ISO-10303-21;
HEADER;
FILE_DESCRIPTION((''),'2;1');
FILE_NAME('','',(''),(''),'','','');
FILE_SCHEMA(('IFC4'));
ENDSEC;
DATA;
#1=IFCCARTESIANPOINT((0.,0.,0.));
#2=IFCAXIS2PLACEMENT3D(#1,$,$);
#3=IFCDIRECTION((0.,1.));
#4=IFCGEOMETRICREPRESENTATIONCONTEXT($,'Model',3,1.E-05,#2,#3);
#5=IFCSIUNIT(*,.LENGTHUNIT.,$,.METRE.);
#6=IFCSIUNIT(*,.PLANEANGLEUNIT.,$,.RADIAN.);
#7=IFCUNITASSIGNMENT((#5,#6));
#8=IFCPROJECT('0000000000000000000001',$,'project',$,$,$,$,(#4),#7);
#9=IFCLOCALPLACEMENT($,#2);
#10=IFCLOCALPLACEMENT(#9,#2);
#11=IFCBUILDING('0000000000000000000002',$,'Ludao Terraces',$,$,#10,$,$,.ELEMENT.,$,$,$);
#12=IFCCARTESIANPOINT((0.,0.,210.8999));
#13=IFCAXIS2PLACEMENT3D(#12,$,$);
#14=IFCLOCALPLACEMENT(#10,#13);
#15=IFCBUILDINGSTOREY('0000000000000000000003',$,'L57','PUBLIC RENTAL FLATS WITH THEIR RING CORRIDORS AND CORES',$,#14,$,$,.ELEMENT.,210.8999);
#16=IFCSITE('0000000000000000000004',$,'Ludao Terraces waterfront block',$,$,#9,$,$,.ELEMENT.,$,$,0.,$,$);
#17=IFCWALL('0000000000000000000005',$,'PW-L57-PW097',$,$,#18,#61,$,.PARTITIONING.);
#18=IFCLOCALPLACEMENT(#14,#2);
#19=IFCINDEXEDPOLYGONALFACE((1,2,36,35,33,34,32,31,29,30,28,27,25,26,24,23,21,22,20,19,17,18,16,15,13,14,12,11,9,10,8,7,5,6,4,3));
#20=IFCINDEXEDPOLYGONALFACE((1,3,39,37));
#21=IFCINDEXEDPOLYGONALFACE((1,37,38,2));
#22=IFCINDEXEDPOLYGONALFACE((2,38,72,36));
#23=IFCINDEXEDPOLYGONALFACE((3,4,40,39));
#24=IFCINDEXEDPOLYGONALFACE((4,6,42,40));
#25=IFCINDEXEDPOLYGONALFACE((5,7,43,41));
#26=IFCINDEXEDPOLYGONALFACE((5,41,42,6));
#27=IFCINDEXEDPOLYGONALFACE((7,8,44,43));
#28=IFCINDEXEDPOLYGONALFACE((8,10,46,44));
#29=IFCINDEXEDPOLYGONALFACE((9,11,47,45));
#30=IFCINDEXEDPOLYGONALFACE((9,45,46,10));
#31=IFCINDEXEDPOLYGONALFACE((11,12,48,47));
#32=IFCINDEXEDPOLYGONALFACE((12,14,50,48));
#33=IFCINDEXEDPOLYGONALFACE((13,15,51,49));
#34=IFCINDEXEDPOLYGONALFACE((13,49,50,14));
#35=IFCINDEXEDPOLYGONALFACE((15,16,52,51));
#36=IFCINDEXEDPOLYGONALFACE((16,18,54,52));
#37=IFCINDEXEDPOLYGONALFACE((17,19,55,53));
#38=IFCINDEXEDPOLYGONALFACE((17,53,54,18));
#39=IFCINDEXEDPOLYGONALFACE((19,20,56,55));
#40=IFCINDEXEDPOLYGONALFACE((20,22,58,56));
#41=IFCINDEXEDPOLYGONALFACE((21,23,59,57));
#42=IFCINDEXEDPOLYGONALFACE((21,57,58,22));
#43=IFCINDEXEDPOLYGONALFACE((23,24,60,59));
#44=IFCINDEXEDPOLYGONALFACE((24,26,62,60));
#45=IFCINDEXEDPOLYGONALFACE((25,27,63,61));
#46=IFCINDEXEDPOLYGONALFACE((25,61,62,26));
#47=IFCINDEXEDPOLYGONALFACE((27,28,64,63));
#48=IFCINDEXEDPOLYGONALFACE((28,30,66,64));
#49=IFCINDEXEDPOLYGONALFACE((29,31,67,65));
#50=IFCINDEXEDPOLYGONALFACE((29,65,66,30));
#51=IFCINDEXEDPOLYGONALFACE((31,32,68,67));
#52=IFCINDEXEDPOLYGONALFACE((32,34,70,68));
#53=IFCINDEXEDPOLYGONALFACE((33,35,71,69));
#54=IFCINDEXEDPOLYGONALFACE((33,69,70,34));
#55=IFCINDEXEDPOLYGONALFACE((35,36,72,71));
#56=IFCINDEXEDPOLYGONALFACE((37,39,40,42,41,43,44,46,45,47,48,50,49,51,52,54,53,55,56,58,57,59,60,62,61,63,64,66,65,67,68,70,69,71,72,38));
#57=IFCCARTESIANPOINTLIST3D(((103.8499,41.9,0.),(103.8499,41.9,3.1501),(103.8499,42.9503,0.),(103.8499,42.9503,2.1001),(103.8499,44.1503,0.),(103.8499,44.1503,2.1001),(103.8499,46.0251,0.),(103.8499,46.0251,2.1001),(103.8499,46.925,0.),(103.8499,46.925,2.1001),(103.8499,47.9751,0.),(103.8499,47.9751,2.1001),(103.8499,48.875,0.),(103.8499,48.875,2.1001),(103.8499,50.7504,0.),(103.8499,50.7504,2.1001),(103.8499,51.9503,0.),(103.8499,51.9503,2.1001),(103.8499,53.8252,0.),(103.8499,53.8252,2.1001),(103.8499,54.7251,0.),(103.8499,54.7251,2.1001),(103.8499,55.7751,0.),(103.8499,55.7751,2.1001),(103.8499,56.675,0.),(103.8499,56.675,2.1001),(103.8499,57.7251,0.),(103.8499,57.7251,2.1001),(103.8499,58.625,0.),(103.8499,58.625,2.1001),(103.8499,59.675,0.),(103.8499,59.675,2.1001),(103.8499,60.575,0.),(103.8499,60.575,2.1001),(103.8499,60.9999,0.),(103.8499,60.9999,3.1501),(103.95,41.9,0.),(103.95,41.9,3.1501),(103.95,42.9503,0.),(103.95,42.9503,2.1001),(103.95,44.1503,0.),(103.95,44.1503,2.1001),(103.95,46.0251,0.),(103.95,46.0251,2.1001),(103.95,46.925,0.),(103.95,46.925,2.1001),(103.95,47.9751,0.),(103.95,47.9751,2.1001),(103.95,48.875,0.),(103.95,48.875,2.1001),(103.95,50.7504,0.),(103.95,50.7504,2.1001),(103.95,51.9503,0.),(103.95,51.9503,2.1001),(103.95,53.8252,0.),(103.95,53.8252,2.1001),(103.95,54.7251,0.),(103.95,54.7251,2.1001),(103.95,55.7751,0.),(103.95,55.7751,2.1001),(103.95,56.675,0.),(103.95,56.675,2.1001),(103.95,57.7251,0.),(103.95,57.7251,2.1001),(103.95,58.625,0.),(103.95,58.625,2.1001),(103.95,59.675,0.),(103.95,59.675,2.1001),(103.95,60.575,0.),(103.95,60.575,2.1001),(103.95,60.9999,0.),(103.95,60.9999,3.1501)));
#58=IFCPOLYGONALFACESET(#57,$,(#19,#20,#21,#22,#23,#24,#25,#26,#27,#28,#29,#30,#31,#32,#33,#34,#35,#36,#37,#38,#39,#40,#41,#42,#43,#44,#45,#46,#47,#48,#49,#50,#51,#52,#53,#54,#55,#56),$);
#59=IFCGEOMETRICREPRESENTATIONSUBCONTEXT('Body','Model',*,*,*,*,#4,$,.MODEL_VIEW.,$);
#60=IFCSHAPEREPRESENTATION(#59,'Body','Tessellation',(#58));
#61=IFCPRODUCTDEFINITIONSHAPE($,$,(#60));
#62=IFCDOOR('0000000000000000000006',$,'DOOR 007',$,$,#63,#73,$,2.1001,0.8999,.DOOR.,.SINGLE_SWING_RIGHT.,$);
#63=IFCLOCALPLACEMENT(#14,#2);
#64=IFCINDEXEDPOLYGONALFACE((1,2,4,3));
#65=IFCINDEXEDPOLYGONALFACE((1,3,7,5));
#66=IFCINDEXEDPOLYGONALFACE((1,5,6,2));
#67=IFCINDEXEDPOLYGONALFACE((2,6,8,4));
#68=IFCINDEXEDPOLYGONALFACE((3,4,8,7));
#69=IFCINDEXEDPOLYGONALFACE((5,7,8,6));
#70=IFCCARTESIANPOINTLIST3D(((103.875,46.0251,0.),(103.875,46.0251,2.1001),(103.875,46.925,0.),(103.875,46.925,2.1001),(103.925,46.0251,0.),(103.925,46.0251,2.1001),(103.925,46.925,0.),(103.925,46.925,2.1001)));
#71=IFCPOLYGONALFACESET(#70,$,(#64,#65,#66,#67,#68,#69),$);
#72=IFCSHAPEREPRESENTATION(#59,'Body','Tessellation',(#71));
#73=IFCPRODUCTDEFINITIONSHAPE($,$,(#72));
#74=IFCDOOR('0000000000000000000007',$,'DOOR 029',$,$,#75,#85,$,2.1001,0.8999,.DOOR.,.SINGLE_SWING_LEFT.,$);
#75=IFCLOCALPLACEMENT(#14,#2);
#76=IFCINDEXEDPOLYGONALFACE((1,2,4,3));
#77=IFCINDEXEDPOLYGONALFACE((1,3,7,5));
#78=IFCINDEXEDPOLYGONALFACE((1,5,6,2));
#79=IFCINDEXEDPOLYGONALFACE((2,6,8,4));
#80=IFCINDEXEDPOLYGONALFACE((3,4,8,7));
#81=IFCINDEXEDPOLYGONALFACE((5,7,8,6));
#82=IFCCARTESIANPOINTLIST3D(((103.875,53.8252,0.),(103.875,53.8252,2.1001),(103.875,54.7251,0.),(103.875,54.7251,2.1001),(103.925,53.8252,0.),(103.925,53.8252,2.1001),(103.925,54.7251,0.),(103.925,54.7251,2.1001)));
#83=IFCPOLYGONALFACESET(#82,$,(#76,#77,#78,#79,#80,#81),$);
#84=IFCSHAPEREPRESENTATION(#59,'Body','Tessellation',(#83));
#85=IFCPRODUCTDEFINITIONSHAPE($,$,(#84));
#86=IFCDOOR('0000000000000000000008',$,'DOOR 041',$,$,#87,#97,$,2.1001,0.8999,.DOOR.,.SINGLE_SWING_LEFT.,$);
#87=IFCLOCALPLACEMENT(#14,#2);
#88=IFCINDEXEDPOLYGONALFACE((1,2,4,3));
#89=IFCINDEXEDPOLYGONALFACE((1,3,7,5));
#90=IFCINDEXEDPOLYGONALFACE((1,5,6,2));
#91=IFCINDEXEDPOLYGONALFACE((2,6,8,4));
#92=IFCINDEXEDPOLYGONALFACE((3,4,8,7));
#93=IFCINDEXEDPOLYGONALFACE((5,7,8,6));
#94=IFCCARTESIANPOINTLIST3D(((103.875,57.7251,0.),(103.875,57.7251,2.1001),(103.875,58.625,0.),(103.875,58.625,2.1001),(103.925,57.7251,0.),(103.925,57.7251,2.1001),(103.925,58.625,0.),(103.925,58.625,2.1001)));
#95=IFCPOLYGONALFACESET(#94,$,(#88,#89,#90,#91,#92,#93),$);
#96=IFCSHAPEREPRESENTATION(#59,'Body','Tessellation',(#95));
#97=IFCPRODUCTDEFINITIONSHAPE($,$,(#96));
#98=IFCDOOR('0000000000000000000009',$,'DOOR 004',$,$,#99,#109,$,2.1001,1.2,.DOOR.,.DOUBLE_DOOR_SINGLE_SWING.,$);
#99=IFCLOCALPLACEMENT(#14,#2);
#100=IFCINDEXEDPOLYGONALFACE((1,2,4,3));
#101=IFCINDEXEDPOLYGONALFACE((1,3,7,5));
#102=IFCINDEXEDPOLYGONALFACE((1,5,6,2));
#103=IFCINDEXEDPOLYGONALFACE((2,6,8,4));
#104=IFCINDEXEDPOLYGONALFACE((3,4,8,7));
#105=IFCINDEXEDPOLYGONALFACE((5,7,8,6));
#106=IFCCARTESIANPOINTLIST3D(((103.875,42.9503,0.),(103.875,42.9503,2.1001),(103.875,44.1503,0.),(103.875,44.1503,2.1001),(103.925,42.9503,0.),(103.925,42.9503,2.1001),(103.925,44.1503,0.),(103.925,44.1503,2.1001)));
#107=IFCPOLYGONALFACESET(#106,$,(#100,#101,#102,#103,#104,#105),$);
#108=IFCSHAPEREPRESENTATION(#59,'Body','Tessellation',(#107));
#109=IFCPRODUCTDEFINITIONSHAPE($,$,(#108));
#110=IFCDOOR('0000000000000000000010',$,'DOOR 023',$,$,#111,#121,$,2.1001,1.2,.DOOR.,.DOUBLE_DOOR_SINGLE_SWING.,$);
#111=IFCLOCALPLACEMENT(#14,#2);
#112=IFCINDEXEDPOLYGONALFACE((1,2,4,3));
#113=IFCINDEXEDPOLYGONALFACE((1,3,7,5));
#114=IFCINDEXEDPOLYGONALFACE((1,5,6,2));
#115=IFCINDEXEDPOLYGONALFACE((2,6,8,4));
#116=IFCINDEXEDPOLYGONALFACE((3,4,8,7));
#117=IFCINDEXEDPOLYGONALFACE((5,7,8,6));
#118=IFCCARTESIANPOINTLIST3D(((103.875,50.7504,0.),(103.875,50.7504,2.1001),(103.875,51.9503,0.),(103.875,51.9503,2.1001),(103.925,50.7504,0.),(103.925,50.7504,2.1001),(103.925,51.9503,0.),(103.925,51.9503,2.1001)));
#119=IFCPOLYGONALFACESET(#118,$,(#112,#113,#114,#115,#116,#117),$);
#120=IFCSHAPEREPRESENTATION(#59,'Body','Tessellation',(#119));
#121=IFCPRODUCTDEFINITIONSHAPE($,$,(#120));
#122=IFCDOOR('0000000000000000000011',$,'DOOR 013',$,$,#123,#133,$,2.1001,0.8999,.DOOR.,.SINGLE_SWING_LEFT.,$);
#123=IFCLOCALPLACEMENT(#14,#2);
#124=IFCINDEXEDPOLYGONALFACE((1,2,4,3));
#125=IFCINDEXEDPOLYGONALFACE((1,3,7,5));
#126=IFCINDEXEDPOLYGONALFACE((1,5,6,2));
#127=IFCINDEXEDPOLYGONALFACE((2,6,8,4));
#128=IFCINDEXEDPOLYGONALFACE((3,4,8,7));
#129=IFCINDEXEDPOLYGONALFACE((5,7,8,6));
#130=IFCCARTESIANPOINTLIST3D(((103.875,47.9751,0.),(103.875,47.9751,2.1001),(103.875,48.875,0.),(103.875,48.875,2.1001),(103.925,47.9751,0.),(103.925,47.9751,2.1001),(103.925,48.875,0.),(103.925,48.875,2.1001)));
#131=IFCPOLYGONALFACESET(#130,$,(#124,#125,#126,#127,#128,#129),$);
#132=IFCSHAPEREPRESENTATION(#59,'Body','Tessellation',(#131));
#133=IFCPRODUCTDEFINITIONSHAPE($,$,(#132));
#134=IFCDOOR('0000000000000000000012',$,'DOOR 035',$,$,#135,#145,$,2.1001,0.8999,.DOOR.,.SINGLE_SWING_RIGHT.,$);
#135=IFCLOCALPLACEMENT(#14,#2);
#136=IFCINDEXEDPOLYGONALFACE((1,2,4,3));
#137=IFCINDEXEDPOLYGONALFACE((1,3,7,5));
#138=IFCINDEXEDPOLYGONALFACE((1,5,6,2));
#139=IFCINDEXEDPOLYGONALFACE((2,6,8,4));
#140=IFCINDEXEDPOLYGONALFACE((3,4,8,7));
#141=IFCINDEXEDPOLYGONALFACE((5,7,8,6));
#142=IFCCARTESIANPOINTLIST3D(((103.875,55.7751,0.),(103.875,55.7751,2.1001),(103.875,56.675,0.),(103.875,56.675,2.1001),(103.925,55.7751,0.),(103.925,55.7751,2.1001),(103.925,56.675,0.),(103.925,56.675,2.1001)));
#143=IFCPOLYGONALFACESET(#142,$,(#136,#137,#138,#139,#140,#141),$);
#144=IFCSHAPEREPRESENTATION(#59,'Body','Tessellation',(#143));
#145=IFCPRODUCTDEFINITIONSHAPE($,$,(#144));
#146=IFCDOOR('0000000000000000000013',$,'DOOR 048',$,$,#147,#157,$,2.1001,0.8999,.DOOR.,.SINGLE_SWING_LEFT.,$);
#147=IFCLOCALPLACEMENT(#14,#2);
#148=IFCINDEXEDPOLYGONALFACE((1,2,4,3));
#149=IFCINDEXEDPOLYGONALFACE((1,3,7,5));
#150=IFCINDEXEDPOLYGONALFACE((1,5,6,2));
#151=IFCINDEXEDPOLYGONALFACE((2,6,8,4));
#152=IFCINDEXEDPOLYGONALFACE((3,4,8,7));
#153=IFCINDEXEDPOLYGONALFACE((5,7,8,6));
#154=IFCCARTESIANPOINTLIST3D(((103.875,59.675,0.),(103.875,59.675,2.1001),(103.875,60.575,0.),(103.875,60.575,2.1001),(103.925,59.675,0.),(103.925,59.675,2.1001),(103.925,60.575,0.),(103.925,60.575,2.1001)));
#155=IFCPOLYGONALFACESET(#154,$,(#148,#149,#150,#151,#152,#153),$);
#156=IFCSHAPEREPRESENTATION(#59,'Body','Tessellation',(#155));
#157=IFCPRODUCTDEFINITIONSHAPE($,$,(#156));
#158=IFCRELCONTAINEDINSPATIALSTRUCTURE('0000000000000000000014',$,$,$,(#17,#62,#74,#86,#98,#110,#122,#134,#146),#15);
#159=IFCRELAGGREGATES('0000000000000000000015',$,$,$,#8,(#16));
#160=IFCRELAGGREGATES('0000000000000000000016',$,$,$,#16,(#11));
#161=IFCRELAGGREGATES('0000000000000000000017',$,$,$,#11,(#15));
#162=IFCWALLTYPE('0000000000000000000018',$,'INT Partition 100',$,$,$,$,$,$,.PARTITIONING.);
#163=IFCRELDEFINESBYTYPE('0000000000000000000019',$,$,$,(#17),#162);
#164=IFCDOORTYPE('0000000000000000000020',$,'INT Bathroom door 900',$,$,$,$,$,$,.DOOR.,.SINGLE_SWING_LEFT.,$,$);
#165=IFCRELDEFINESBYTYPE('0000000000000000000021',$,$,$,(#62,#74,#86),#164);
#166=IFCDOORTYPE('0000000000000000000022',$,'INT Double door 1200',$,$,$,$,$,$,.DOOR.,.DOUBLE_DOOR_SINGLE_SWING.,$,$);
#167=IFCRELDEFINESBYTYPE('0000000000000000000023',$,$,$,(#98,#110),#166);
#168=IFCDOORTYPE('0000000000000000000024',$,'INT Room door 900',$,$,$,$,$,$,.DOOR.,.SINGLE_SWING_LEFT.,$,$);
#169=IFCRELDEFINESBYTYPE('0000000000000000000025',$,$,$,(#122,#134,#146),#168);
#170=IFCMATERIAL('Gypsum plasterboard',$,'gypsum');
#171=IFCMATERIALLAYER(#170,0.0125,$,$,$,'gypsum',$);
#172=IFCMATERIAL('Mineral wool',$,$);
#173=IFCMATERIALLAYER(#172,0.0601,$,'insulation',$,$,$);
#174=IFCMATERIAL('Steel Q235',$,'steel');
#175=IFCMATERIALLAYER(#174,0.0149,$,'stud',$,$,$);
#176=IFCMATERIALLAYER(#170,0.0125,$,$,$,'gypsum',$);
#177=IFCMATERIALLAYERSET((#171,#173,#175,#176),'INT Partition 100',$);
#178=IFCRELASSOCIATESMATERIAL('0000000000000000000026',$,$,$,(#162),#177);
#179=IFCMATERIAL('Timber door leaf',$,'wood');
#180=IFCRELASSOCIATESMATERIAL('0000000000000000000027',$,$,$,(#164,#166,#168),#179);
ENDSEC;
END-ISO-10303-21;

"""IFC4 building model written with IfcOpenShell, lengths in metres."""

from ifc_helpers import new_model, si_unit, direction, frame, frame_2d, origin, place, context, subcontext, project, spatial, rectangle, extrude, material, layer, layer_set, type_object, element, fill, save


model = new_model("IFC4")

# Units and contexts
model_context = context("Model", 3, precision=1e-05, world=origin(), true_north=direction((0.0, 1.0)))
body_context = subcontext(model_context, "Body", "Model", "MODEL_VIEW")
ifc_project = project(units=[si_unit("LENGTHUNIT", "METRE"), si_unit("PLANEANGLEUNIT", "RADIAN")], contexts=[model_context])

# Site, building, storey
site_placement = place(None, origin())
site = spatial("IfcSite", under=ifc_project, at=site_placement, Name="Ludao Terraces waterfront block", CompositionType="ELEMENT", RefElevation=0.0)
building_placement = place(site_placement, origin())
building = spatial("IfcBuilding", under=site, at=building_placement, Name="Ludao Terraces", CompositionType="ELEMENT")
storey_placement = place(building_placement, frame((0.0, 0.0, 210.8999)))
storey = spatial("IfcBuildingStorey", under=building, at=storey_placement, Name="L57", Description="PUBLIC RENTAL FLATS WITH THEIR RING CORRIDORS AND CORES", CompositionType="ELEMENT", Elevation=210.8999)

# Shared definitions
ifc_material_1 = material(Name="Mineral wool")

# Wall, openings, doors
ifc_material_2 = material(Name="Gypsum plasterboard", Category="gypsum")
ifc_layer_1 = layer(ifc_material_2, 0.0125, Category="gypsum")
ifc_layer_2 = layer(ifc_material_1, 0.0601, Name="insulation")
ifc_material_3 = material(Name="Steel Q235", Category="steel")
ifc_layer_3 = layer(ifc_material_3, 0.0149, Name="stud")
ifc_layer_4 = layer(ifc_material_2, 0.0125, Category="gypsum")
ifc_layer_set_1 = layer_set([ifc_layer_1, ifc_layer_2, ifc_layer_3, ifc_layer_4], Name="INT Partition 100")
wall_type_1 = type_object("IfcWallType", Name="INT Partition 100", PredefinedType="PARTITIONING", material=ifc_layer_set_1)
wall_1_placement = place(storey_placement, frame((103.8999, 41.9001, 0.0), z_axis=(0.0, 0.0, 1.0), x_axis=(0.0, 1.0, 0.0)))
wall_1 = element("IfcWall", 1, at=wall_1_placement, inside=storey, type_object=wall_type_1, Name="PW-L57-PW097", PredefinedType="PARTITIONING", context=body_context, shape_type="SweptSolid", body=[
    extrude(rectangle(XDim=19.0999, YDim=0.1001, at=frame_2d((9.5498, 0.0))), origin(), (0.0, 0.0, 1.0), 3.1501),
])
opening_1_placement = place(wall_1_placement, frame((1.05, 0.0, 0.0)))
opening_1 = element("IfcOpeningElement", 2, at=opening_1_placement, cuts=wall_1, PredefinedType="OPENING", context=body_context, shape_type="SweptSolid", body=[
    extrude(rectangle(XDim=1.2, YDim=2.1001, at=frame_2d((0.6001, 1.05))), frame((0.0, 0.0601, 0.0), z_axis=(0.0, -1.0, 0.0), x_axis=(1.0, 0.0, 0.0)), (0.0, 0.0, 1.0), 0.1201),
])
opening_2_placement = place(wall_1_placement, frame((4.125, 0.0, 0.0)))
opening_2 = element("IfcOpeningElement", 3, at=opening_2_placement, cuts=wall_1, PredefinedType="OPENING", context=body_context, shape_type="SweptSolid", body=[
    extrude(rectangle(XDim=0.8999, YDim=2.1001, at=frame_2d((0.45, 1.05))), frame((0.0, 0.0601, 0.0), z_axis=(0.0, -1.0, 0.0), x_axis=(1.0, 0.0, 0.0)), (0.0, 0.0, 1.0), 0.1201),
])
opening_3_placement = place(wall_1_placement, frame((6.075, 0.0, 0.0)))
opening_3 = element("IfcOpeningElement", 4, at=opening_3_placement, cuts=wall_1, PredefinedType="OPENING", context=body_context, shape_type="SweptSolid", body=[
    extrude(rectangle(XDim=0.8999, YDim=2.1001, at=frame_2d((0.45, 1.05))), frame((0.0, 0.0601, 0.0), z_axis=(0.0, -1.0, 0.0), x_axis=(1.0, 0.0, 0.0)), (0.0, 0.0, 1.0), 0.1201),
])
opening_4_placement = place(wall_1_placement, frame((8.8501, 0.0, 0.0)))
opening_4 = element("IfcOpeningElement", 5, at=opening_4_placement, cuts=wall_1, PredefinedType="OPENING", context=body_context, shape_type="SweptSolid", body=[
    extrude(rectangle(XDim=1.2, YDim=2.1001, at=frame_2d((0.6001, 1.05))), frame((0.0, 0.0601, 0.0), z_axis=(0.0, -1.0, 0.0), x_axis=(1.0, 0.0, 0.0)), (0.0, 0.0, 1.0), 0.1201),
])
opening_5_placement = place(wall_1_placement, frame((11.925, 0.0, 0.0)))
opening_5 = element("IfcOpeningElement", 6, at=opening_5_placement, cuts=wall_1, PredefinedType="OPENING", context=body_context, shape_type="SweptSolid", body=[
    extrude(rectangle(XDim=0.8999, YDim=2.1001, at=frame_2d((0.45, 1.05))), frame((0.0, 0.0601, 0.0), z_axis=(0.0, -1.0, 0.0), x_axis=(1.0, 0.0, 0.0)), (0.0, 0.0, 1.0), 0.1201),
])
opening_6_placement = place(wall_1_placement, frame((13.875, 0.0, 0.0)))
opening_6 = element("IfcOpeningElement", 7, at=opening_6_placement, cuts=wall_1, PredefinedType="OPENING", context=body_context, shape_type="SweptSolid", body=[
    extrude(rectangle(XDim=0.8999, YDim=2.1001, at=frame_2d((0.45, 1.05))), frame((0.0, 0.0601, 0.0), z_axis=(0.0, -1.0, 0.0), x_axis=(1.0, 0.0, 0.0)), (0.0, 0.0, 1.0), 0.1201),
])
opening_7_placement = place(wall_1_placement, frame((15.825, 0.0, 0.0)))
opening_7 = element("IfcOpeningElement", 8, at=opening_7_placement, cuts=wall_1, PredefinedType="OPENING", context=body_context, shape_type="SweptSolid", body=[
    extrude(rectangle(XDim=0.8999, YDim=2.1001, at=frame_2d((0.45, 1.05))), frame((0.0, 0.0601, 0.0), z_axis=(0.0, -1.0, 0.0), x_axis=(1.0, 0.0, 0.0)), (0.0, 0.0, 1.0), 0.1201),
])
opening_8_placement = place(wall_1_placement, frame((17.7749, 0.0, 0.0)))
opening_8 = element("IfcOpeningElement", 9, at=opening_8_placement, cuts=wall_1, PredefinedType="OPENING", context=body_context, shape_type="SweptSolid", body=[
    extrude(rectangle(XDim=0.8999, YDim=2.1001, at=frame_2d((0.45, 1.05))), frame((0.0, 0.0601, 0.0), z_axis=(0.0, -1.0, 0.0), x_axis=(1.0, 0.0, 0.0)), (0.0, 0.0, 1.0), 0.1201),
])
ifc_material_4 = material(Name="Timber door leaf", Category="wood")
door_type_1 = type_object("IfcDoorType", Name="INT Bathroom door 900", OperationType="SINGLE_SWING_LEFT", PredefinedType="DOOR", material=ifc_material_4)
door_1_placement = place(opening_2_placement, origin())
door_1 = element("IfcDoor", 10, at=door_1_placement, inside=storey, type_object=door_type_1, Name="DOOR 007", OperationType="SINGLE_SWING_RIGHT", OverallHeight=2.1001, OverallWidth=0.8999, PredefinedType="DOOR", context=body_context, shape_type="SweptSolid", body=[
    extrude(rectangle(XDim=0.8999, YDim=2.1001, at=frame_2d((0.45, 1.05))), frame((0.0, 0.0249, 0.0), z_axis=(0.0, -1.0, 0.0), x_axis=(1.0, 0.0, 0.0)), (0.0, 0.0, 1.0), 0.05),
])
fill(opening_2, door_1)
door_2_placement = place(opening_5_placement, origin())
door_2 = element("IfcDoor", 11, at=door_2_placement, inside=storey, type_object=door_type_1, Name="DOOR 029", OperationType="SINGLE_SWING_LEFT", OverallHeight=2.1001, OverallWidth=0.8999, PredefinedType="DOOR", context=body_context, shape_type="SweptSolid", body=[
    extrude(rectangle(XDim=0.8999, YDim=2.1001, at=frame_2d((0.45, 1.05))), frame((0.0, 0.0249, 0.0), z_axis=(0.0, -1.0, 0.0), x_axis=(1.0, 0.0, 0.0)), (0.0, 0.0, 1.0), 0.05),
])
fill(opening_5, door_2)
door_3_placement = place(opening_7_placement, origin())
door_3 = element("IfcDoor", 12, at=door_3_placement, inside=storey, type_object=door_type_1, Name="DOOR 041", OperationType="SINGLE_SWING_LEFT", OverallHeight=2.1001, OverallWidth=0.8999, PredefinedType="DOOR", context=body_context, shape_type="SweptSolid", body=[
    extrude(rectangle(XDim=0.8999, YDim=2.1001, at=frame_2d((0.45, 1.05))), frame((0.0, 0.0249, 0.0), z_axis=(0.0, -1.0, 0.0), x_axis=(1.0, 0.0, 0.0)), (0.0, 0.0, 1.0), 0.05),
])
fill(opening_7, door_3)
door_type_2 = type_object("IfcDoorType", Name="INT Double door 1200", OperationType="DOUBLE_DOOR_SINGLE_SWING", PredefinedType="DOOR", material=ifc_material_4)
door_4_placement = place(opening_1_placement, origin())
door_4 = element("IfcDoor", 13, at=door_4_placement, inside=storey, type_object=door_type_2, Name="DOOR 004", OperationType="DOUBLE_DOOR_SINGLE_SWING", OverallHeight=2.1001, OverallWidth=1.2, PredefinedType="DOOR", context=body_context, shape_type="SweptSolid", body=[
    extrude(rectangle(XDim=1.2, YDim=2.1001, at=frame_2d((0.6001, 1.05))), frame((0.0, 0.0249, 0.0), z_axis=(0.0, -1.0, 0.0), x_axis=(1.0, 0.0, 0.0)), (0.0, 0.0, 1.0), 0.05),
])
fill(opening_1, door_4)
door_5_placement = place(opening_4_placement, origin())
door_5 = element("IfcDoor", 14, at=door_5_placement, inside=storey, type_object=door_type_2, Name="DOOR 023", OperationType="DOUBLE_DOOR_SINGLE_SWING", OverallHeight=2.1001, OverallWidth=1.2, PredefinedType="DOOR", context=body_context, shape_type="SweptSolid", body=[
    extrude(rectangle(XDim=1.2, YDim=2.1001, at=frame_2d((0.6001, 1.05))), frame((0.0, 0.0249, 0.0), z_axis=(0.0, -1.0, 0.0), x_axis=(1.0, 0.0, 0.0)), (0.0, 0.0, 1.0), 0.05),
])
fill(opening_4, door_5)
door_type_3 = type_object("IfcDoorType", Name="INT Room door 900", OperationType="SINGLE_SWING_LEFT", PredefinedType="DOOR", material=ifc_material_4)
door_6_placement = place(opening_3_placement, origin())
door_6 = element("IfcDoor", 15, at=door_6_placement, inside=storey, type_object=door_type_3, Name="DOOR 013", OperationType="SINGLE_SWING_LEFT", OverallHeight=2.1001, OverallWidth=0.8999, PredefinedType="DOOR", context=body_context, shape_type="SweptSolid", body=[
    extrude(rectangle(XDim=0.8999, YDim=2.1001, at=frame_2d((0.45, 1.05))), frame((0.0, 0.0249, 0.0), z_axis=(0.0, -1.0, 0.0), x_axis=(1.0, 0.0, 0.0)), (0.0, 0.0, 1.0), 0.05),
])
fill(opening_3, door_6)
door_7_placement = place(opening_6_placement, origin())
door_7 = element("IfcDoor", 16, at=door_7_placement, inside=storey, type_object=door_type_3, Name="DOOR 035", OperationType="SINGLE_SWING_RIGHT", OverallHeight=2.1001, OverallWidth=0.8999, PredefinedType="DOOR", context=body_context, shape_type="SweptSolid", body=[
    extrude(rectangle(XDim=0.8999, YDim=2.1001, at=frame_2d((0.45, 1.05))), frame((0.0, 0.0249, 0.0), z_axis=(0.0, -1.0, 0.0), x_axis=(1.0, 0.0, 0.0)), (0.0, 0.0, 1.0), 0.05),
])
fill(opening_6, door_7)
door_8_placement = place(opening_8_placement, origin())
door_8 = element("IfcDoor", 17, at=door_8_placement, inside=storey, type_object=door_type_3, Name="DOOR 048", OperationType="SINGLE_SWING_LEFT", OverallHeight=2.1001, OverallWidth=0.8999, PredefinedType="DOOR", context=body_context, shape_type="SweptSolid", body=[
    extrude(rectangle(XDim=0.8999, YDim=2.1001, at=frame_2d((0.45, 1.05))), frame((0.0, 0.0249, 0.0), z_axis=(0.0, -1.0, 0.0), x_axis=(1.0, 0.0, 0.0)), (0.0, 0.0, 1.0), 0.05),
])
fill(opening_8, door_8)

save(model, "model.ifc")
